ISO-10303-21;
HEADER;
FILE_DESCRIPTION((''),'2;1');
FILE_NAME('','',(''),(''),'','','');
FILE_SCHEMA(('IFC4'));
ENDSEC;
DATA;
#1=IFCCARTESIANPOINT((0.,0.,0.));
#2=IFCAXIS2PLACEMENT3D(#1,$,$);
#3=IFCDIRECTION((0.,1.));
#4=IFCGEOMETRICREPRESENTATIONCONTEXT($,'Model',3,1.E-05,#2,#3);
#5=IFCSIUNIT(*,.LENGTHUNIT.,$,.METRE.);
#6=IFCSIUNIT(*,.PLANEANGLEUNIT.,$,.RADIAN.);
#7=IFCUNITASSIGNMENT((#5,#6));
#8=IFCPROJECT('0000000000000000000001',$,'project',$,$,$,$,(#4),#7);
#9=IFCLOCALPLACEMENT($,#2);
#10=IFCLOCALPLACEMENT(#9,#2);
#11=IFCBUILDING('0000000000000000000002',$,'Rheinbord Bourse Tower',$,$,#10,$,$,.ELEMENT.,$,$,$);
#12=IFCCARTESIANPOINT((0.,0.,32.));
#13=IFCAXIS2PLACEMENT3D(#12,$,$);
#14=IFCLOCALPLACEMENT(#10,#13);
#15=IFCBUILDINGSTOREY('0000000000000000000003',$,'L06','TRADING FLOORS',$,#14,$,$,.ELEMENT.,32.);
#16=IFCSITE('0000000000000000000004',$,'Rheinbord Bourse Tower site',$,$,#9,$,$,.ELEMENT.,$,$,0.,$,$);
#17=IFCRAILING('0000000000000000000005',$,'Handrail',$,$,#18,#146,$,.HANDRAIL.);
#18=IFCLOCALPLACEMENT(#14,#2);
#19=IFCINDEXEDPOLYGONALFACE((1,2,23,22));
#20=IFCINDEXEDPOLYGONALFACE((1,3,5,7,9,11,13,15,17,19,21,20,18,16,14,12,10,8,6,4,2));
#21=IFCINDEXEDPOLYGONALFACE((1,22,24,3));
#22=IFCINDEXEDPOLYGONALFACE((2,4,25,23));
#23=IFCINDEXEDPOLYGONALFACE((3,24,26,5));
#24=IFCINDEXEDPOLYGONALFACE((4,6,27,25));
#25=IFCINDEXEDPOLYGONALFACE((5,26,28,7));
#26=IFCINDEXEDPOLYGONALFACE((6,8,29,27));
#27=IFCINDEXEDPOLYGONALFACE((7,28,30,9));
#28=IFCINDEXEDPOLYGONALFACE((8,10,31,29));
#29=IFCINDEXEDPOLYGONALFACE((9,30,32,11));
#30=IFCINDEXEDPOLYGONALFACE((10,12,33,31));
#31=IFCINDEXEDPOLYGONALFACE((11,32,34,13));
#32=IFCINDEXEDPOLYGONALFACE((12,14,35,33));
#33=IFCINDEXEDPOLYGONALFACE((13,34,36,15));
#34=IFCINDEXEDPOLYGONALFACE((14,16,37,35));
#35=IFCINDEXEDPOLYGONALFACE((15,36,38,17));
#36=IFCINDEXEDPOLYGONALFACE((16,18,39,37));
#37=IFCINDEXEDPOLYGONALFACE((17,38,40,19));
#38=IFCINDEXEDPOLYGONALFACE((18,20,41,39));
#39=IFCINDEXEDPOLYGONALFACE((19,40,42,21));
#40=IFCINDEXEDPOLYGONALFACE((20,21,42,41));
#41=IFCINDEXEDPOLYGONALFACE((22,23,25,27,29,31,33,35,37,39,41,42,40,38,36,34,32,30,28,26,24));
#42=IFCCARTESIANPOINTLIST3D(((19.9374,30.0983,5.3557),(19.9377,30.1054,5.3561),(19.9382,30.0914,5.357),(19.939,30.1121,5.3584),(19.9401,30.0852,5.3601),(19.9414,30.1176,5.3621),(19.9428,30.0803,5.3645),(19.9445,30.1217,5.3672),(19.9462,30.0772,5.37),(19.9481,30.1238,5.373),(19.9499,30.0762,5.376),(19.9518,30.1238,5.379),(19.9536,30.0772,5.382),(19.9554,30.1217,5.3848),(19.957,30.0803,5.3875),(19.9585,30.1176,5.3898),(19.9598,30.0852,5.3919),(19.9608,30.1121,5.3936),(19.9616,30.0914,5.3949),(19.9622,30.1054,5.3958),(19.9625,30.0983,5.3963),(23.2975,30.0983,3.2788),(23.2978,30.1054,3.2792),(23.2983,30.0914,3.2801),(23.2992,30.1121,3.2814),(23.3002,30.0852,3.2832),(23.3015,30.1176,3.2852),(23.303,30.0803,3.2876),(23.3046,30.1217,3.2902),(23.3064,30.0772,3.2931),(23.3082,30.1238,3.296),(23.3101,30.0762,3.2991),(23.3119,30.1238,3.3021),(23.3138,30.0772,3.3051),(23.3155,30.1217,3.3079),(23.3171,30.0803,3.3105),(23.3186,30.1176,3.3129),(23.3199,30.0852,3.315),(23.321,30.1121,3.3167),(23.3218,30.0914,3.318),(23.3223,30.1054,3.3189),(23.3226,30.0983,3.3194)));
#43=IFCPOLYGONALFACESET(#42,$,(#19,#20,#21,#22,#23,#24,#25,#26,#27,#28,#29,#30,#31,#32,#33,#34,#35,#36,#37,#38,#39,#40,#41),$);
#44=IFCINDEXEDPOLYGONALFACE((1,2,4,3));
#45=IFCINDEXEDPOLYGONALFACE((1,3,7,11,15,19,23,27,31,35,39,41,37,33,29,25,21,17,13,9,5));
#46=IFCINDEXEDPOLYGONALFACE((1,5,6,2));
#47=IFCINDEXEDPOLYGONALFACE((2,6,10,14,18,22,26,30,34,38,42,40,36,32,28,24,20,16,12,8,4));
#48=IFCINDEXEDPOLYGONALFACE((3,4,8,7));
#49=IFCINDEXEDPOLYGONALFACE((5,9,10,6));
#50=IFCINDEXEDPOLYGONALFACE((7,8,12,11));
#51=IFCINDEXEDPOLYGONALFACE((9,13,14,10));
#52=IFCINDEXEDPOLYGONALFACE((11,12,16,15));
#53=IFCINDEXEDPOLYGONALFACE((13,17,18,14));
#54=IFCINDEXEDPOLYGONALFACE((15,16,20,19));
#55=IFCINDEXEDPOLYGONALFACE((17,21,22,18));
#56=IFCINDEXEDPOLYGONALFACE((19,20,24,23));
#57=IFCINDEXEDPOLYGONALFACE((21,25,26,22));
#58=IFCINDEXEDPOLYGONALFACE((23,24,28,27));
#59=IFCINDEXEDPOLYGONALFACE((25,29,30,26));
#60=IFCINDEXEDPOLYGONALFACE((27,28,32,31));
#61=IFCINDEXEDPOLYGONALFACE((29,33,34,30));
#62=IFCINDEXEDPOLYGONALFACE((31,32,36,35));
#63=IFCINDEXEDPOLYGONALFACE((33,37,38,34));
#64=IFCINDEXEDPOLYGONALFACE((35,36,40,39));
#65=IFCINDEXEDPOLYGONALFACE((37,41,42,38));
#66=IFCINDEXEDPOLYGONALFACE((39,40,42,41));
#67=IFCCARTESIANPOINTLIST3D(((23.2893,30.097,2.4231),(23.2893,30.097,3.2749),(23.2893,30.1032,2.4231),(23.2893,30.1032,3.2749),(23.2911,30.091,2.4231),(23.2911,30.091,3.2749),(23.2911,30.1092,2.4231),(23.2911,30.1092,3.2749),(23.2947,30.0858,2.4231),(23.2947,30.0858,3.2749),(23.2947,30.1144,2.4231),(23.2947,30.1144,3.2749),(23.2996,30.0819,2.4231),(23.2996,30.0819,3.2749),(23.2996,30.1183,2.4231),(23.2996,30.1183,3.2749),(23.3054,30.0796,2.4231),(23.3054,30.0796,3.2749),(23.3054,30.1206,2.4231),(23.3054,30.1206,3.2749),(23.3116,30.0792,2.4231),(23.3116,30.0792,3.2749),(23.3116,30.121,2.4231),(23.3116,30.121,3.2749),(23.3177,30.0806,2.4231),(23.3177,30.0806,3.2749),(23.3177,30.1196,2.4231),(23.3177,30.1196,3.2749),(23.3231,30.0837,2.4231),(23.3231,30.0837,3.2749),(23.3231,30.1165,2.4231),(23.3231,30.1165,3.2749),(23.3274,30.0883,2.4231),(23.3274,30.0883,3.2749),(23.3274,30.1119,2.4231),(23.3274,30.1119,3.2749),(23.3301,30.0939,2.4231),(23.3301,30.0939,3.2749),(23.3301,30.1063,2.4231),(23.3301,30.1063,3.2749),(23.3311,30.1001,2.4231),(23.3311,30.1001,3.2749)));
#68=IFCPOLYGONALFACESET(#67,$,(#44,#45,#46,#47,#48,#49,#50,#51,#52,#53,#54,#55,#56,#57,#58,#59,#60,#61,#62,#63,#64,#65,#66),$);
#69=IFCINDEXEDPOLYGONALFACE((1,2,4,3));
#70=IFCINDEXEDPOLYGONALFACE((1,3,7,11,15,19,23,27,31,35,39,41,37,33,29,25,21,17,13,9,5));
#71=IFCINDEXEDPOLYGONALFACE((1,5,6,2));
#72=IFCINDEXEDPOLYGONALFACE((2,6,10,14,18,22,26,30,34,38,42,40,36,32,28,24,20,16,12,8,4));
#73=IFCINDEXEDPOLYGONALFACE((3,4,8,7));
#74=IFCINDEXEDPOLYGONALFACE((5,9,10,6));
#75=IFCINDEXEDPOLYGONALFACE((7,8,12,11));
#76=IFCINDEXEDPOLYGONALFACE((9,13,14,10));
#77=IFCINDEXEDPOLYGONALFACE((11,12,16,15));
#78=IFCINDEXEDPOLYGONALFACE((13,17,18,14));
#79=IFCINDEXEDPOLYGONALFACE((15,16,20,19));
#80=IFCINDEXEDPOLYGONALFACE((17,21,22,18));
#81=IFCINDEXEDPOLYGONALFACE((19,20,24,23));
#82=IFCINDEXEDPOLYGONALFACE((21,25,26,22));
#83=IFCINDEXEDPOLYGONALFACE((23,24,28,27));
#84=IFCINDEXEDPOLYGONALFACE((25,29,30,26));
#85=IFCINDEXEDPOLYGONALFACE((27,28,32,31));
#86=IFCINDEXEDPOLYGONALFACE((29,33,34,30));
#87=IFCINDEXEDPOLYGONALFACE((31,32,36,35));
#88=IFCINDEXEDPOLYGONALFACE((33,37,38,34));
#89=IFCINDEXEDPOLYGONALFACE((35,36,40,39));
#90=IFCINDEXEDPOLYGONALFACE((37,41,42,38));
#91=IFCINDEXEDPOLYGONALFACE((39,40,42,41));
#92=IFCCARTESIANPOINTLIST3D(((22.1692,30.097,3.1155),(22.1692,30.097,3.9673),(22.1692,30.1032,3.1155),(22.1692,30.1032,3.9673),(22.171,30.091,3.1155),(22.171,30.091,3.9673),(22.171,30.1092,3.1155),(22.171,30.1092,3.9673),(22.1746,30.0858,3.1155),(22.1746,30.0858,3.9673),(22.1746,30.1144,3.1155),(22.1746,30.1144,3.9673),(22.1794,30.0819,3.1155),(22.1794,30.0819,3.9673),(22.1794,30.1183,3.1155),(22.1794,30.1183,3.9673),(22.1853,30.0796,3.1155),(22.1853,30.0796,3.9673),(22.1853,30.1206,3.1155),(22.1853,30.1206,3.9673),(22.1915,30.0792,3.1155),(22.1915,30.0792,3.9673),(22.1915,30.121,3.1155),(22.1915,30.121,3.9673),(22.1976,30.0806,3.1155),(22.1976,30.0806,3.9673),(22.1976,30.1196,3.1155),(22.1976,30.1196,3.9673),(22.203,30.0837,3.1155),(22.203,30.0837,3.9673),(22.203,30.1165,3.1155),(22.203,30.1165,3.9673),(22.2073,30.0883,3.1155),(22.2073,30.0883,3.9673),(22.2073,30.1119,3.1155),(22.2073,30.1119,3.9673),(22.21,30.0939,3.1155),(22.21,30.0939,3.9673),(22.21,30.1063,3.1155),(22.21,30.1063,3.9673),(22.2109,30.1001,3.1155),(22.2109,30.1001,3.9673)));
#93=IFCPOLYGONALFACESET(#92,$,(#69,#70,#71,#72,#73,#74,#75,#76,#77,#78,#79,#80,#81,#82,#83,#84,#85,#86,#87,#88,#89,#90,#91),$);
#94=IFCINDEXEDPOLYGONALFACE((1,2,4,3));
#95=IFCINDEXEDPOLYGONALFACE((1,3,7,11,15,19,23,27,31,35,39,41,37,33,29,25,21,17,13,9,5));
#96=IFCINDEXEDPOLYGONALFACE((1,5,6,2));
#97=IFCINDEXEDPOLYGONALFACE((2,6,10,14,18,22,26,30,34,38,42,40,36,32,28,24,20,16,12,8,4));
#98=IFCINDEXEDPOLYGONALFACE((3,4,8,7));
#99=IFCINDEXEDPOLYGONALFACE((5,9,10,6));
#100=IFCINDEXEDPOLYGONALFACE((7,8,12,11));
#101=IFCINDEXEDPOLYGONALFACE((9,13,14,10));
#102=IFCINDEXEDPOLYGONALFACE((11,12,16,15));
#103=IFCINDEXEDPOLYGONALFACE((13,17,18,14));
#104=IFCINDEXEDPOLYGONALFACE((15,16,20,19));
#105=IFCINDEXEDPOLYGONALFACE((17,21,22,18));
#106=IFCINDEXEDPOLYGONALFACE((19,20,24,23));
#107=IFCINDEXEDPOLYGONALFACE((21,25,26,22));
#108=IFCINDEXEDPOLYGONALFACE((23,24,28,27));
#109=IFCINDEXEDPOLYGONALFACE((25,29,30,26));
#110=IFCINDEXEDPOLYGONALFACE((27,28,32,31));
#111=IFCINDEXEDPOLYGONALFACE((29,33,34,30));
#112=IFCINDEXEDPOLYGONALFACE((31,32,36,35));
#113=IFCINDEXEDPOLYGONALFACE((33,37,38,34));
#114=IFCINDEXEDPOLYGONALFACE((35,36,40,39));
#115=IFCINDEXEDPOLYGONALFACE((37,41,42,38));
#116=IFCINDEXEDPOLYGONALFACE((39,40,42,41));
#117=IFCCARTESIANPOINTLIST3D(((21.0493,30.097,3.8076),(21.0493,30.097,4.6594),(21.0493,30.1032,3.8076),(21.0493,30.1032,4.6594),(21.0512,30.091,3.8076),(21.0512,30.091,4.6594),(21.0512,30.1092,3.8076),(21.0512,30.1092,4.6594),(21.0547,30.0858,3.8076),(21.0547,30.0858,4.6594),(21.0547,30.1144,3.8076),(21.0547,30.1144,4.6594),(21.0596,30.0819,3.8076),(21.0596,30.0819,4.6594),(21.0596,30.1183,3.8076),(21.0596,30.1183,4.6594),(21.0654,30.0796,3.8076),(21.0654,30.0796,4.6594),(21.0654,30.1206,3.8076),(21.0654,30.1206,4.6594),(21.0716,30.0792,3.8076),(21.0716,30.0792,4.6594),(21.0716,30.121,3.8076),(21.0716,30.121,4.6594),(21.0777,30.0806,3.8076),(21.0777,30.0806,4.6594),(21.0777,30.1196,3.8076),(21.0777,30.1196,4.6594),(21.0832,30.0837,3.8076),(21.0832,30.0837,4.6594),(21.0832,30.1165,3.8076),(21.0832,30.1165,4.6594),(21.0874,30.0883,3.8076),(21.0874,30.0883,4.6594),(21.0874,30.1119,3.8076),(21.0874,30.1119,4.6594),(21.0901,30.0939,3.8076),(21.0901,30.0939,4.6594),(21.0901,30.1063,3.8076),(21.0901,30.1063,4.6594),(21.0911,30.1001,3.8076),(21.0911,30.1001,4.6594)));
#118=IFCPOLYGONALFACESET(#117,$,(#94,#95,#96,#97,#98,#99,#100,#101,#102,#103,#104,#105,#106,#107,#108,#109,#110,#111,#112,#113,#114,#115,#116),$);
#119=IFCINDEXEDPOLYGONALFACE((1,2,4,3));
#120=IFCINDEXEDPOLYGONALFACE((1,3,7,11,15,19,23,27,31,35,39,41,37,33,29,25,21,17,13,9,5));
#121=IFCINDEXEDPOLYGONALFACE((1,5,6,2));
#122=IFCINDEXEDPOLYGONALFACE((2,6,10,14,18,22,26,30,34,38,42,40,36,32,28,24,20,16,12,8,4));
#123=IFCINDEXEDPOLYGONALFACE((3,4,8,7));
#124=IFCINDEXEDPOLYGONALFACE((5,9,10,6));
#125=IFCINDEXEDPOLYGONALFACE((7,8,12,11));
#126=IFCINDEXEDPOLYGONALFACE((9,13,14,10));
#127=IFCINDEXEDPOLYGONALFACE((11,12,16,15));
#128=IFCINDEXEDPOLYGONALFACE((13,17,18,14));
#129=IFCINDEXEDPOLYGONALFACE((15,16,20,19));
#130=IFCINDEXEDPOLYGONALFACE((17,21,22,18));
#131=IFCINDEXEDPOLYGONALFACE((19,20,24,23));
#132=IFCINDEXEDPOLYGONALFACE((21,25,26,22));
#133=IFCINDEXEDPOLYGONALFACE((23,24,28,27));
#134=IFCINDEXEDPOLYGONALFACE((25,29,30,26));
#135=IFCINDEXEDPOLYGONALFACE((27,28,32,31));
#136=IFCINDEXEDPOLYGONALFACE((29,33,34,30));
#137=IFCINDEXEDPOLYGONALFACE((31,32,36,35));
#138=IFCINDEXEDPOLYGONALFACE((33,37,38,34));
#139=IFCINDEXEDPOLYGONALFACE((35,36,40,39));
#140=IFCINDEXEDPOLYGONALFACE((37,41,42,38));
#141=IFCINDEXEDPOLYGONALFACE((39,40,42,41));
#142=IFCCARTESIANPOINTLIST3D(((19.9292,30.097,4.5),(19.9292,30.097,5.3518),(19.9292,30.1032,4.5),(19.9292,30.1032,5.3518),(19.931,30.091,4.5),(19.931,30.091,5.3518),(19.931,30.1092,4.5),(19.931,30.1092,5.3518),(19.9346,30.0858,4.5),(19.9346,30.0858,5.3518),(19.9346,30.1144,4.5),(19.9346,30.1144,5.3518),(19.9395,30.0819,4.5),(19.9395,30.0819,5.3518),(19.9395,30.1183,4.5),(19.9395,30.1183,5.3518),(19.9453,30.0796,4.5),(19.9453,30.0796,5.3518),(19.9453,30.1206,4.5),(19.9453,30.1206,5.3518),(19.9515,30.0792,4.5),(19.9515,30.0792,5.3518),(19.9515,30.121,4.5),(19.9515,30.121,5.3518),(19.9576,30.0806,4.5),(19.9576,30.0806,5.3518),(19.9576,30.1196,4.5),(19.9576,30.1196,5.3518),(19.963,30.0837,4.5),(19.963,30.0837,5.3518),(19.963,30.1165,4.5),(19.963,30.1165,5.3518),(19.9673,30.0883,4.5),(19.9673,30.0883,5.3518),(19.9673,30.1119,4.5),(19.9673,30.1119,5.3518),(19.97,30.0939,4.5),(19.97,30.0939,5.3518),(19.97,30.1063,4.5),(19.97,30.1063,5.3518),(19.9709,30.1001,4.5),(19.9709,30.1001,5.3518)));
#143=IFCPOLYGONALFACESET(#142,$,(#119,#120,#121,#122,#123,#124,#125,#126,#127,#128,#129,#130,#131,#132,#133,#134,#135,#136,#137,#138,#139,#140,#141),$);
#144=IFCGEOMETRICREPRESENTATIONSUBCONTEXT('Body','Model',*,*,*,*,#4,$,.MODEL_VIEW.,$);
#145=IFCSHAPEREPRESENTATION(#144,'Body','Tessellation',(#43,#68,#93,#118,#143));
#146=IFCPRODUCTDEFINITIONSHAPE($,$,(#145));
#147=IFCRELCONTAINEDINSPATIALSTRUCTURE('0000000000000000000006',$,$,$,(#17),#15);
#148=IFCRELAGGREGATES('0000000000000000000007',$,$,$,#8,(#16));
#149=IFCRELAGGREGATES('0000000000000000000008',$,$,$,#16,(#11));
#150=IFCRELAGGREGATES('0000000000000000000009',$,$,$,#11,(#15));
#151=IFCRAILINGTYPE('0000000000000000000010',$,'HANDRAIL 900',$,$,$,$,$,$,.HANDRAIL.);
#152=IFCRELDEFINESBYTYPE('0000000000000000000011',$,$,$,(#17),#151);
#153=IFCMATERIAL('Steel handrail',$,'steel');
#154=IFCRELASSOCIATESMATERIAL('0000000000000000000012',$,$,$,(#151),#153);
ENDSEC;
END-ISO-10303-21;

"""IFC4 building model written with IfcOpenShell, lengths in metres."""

from ifc_helpers import new_model, si_unit, direction, frame, origin, origin_2d, place, context, subcontext, project, spatial, circle, extrude, material, type_object, element, save


model = new_model("IFC4")

# Units and contexts
model_context = context("Model", 3, precision=1e-05, world=origin(), true_north=direction((0.0, 1.0)))
body_context = subcontext(model_context, "Body", "Model", "MODEL_VIEW")
ifc_project = project(units=[si_unit("LENGTHUNIT", "METRE"), si_unit("PLANEANGLEUNIT", "RADIAN")], contexts=[model_context])

# Site, building, storey
site_placement = place(None, origin())
site = spatial("IfcSite", under=ifc_project, at=site_placement, Name="Rheinbord Bourse Tower site", CompositionType="ELEMENT", RefElevation=0.0)
building_placement = place(site_placement, origin())
building = spatial("IfcBuilding", under=site, at=building_placement, Name="Rheinbord Bourse Tower", CompositionType="ELEMENT")
storey_placement = place(building_placement, frame((0.0, 0.0, 32.0)))
storey = spatial("IfcBuildingStorey", under=building, at=storey_placement, Name="L06", Description="TRADING FLOORS", CompositionType="ELEMENT", Elevation=32.0)

# Railing
ifc_material_1 = material(Name="Steel handrail", Category="steel")
railing_type = type_object("IfcRailingType", Name="HANDRAIL 900", PredefinedType="HANDRAIL", material=ifc_material_1)
railing_1_placement = place(storey_placement, frame((23.3101, 30.1001, 2.4231)))
element("IfcRailing", 1, at=railing_1_placement, inside=storey, type_object=railing_type, Name="Handrail", PredefinedType="HANDRAIL", context=body_context, shape_type="SweptSolid", body=[
    extrude(circle(Radius=0.0239, at=origin_2d()), frame((0.0, 0.0, 0.876), z_axis=(-0.850623, 0.0, 0.525776), x_axis=(0.0, -1.0, 0.0)), (0.0, 0.0, 1.0), 3.9502),
    extrude(circle(Radius=0.021, at=origin_2d()), origin(), (0.0, 0.0, 1.0), 0.8518),
    extrude(circle(Radius=0.021, at=origin_2d()), frame((-1.1201, 0.0, 0.6924)), (0.0, 0.0, 1.0), 0.8518),
    extrude(circle(Radius=0.021, at=origin_2d()), frame((-2.24, 0.0, 1.3845)), (0.0, 0.0, 1.0), 0.8518),
    extrude(circle(Radius=0.021, at=origin_2d()), frame((-3.3601, 0.0, 2.0769)), (0.0, 0.0, 1.0), 0.8518),
])

save(model, "model.ifc")
